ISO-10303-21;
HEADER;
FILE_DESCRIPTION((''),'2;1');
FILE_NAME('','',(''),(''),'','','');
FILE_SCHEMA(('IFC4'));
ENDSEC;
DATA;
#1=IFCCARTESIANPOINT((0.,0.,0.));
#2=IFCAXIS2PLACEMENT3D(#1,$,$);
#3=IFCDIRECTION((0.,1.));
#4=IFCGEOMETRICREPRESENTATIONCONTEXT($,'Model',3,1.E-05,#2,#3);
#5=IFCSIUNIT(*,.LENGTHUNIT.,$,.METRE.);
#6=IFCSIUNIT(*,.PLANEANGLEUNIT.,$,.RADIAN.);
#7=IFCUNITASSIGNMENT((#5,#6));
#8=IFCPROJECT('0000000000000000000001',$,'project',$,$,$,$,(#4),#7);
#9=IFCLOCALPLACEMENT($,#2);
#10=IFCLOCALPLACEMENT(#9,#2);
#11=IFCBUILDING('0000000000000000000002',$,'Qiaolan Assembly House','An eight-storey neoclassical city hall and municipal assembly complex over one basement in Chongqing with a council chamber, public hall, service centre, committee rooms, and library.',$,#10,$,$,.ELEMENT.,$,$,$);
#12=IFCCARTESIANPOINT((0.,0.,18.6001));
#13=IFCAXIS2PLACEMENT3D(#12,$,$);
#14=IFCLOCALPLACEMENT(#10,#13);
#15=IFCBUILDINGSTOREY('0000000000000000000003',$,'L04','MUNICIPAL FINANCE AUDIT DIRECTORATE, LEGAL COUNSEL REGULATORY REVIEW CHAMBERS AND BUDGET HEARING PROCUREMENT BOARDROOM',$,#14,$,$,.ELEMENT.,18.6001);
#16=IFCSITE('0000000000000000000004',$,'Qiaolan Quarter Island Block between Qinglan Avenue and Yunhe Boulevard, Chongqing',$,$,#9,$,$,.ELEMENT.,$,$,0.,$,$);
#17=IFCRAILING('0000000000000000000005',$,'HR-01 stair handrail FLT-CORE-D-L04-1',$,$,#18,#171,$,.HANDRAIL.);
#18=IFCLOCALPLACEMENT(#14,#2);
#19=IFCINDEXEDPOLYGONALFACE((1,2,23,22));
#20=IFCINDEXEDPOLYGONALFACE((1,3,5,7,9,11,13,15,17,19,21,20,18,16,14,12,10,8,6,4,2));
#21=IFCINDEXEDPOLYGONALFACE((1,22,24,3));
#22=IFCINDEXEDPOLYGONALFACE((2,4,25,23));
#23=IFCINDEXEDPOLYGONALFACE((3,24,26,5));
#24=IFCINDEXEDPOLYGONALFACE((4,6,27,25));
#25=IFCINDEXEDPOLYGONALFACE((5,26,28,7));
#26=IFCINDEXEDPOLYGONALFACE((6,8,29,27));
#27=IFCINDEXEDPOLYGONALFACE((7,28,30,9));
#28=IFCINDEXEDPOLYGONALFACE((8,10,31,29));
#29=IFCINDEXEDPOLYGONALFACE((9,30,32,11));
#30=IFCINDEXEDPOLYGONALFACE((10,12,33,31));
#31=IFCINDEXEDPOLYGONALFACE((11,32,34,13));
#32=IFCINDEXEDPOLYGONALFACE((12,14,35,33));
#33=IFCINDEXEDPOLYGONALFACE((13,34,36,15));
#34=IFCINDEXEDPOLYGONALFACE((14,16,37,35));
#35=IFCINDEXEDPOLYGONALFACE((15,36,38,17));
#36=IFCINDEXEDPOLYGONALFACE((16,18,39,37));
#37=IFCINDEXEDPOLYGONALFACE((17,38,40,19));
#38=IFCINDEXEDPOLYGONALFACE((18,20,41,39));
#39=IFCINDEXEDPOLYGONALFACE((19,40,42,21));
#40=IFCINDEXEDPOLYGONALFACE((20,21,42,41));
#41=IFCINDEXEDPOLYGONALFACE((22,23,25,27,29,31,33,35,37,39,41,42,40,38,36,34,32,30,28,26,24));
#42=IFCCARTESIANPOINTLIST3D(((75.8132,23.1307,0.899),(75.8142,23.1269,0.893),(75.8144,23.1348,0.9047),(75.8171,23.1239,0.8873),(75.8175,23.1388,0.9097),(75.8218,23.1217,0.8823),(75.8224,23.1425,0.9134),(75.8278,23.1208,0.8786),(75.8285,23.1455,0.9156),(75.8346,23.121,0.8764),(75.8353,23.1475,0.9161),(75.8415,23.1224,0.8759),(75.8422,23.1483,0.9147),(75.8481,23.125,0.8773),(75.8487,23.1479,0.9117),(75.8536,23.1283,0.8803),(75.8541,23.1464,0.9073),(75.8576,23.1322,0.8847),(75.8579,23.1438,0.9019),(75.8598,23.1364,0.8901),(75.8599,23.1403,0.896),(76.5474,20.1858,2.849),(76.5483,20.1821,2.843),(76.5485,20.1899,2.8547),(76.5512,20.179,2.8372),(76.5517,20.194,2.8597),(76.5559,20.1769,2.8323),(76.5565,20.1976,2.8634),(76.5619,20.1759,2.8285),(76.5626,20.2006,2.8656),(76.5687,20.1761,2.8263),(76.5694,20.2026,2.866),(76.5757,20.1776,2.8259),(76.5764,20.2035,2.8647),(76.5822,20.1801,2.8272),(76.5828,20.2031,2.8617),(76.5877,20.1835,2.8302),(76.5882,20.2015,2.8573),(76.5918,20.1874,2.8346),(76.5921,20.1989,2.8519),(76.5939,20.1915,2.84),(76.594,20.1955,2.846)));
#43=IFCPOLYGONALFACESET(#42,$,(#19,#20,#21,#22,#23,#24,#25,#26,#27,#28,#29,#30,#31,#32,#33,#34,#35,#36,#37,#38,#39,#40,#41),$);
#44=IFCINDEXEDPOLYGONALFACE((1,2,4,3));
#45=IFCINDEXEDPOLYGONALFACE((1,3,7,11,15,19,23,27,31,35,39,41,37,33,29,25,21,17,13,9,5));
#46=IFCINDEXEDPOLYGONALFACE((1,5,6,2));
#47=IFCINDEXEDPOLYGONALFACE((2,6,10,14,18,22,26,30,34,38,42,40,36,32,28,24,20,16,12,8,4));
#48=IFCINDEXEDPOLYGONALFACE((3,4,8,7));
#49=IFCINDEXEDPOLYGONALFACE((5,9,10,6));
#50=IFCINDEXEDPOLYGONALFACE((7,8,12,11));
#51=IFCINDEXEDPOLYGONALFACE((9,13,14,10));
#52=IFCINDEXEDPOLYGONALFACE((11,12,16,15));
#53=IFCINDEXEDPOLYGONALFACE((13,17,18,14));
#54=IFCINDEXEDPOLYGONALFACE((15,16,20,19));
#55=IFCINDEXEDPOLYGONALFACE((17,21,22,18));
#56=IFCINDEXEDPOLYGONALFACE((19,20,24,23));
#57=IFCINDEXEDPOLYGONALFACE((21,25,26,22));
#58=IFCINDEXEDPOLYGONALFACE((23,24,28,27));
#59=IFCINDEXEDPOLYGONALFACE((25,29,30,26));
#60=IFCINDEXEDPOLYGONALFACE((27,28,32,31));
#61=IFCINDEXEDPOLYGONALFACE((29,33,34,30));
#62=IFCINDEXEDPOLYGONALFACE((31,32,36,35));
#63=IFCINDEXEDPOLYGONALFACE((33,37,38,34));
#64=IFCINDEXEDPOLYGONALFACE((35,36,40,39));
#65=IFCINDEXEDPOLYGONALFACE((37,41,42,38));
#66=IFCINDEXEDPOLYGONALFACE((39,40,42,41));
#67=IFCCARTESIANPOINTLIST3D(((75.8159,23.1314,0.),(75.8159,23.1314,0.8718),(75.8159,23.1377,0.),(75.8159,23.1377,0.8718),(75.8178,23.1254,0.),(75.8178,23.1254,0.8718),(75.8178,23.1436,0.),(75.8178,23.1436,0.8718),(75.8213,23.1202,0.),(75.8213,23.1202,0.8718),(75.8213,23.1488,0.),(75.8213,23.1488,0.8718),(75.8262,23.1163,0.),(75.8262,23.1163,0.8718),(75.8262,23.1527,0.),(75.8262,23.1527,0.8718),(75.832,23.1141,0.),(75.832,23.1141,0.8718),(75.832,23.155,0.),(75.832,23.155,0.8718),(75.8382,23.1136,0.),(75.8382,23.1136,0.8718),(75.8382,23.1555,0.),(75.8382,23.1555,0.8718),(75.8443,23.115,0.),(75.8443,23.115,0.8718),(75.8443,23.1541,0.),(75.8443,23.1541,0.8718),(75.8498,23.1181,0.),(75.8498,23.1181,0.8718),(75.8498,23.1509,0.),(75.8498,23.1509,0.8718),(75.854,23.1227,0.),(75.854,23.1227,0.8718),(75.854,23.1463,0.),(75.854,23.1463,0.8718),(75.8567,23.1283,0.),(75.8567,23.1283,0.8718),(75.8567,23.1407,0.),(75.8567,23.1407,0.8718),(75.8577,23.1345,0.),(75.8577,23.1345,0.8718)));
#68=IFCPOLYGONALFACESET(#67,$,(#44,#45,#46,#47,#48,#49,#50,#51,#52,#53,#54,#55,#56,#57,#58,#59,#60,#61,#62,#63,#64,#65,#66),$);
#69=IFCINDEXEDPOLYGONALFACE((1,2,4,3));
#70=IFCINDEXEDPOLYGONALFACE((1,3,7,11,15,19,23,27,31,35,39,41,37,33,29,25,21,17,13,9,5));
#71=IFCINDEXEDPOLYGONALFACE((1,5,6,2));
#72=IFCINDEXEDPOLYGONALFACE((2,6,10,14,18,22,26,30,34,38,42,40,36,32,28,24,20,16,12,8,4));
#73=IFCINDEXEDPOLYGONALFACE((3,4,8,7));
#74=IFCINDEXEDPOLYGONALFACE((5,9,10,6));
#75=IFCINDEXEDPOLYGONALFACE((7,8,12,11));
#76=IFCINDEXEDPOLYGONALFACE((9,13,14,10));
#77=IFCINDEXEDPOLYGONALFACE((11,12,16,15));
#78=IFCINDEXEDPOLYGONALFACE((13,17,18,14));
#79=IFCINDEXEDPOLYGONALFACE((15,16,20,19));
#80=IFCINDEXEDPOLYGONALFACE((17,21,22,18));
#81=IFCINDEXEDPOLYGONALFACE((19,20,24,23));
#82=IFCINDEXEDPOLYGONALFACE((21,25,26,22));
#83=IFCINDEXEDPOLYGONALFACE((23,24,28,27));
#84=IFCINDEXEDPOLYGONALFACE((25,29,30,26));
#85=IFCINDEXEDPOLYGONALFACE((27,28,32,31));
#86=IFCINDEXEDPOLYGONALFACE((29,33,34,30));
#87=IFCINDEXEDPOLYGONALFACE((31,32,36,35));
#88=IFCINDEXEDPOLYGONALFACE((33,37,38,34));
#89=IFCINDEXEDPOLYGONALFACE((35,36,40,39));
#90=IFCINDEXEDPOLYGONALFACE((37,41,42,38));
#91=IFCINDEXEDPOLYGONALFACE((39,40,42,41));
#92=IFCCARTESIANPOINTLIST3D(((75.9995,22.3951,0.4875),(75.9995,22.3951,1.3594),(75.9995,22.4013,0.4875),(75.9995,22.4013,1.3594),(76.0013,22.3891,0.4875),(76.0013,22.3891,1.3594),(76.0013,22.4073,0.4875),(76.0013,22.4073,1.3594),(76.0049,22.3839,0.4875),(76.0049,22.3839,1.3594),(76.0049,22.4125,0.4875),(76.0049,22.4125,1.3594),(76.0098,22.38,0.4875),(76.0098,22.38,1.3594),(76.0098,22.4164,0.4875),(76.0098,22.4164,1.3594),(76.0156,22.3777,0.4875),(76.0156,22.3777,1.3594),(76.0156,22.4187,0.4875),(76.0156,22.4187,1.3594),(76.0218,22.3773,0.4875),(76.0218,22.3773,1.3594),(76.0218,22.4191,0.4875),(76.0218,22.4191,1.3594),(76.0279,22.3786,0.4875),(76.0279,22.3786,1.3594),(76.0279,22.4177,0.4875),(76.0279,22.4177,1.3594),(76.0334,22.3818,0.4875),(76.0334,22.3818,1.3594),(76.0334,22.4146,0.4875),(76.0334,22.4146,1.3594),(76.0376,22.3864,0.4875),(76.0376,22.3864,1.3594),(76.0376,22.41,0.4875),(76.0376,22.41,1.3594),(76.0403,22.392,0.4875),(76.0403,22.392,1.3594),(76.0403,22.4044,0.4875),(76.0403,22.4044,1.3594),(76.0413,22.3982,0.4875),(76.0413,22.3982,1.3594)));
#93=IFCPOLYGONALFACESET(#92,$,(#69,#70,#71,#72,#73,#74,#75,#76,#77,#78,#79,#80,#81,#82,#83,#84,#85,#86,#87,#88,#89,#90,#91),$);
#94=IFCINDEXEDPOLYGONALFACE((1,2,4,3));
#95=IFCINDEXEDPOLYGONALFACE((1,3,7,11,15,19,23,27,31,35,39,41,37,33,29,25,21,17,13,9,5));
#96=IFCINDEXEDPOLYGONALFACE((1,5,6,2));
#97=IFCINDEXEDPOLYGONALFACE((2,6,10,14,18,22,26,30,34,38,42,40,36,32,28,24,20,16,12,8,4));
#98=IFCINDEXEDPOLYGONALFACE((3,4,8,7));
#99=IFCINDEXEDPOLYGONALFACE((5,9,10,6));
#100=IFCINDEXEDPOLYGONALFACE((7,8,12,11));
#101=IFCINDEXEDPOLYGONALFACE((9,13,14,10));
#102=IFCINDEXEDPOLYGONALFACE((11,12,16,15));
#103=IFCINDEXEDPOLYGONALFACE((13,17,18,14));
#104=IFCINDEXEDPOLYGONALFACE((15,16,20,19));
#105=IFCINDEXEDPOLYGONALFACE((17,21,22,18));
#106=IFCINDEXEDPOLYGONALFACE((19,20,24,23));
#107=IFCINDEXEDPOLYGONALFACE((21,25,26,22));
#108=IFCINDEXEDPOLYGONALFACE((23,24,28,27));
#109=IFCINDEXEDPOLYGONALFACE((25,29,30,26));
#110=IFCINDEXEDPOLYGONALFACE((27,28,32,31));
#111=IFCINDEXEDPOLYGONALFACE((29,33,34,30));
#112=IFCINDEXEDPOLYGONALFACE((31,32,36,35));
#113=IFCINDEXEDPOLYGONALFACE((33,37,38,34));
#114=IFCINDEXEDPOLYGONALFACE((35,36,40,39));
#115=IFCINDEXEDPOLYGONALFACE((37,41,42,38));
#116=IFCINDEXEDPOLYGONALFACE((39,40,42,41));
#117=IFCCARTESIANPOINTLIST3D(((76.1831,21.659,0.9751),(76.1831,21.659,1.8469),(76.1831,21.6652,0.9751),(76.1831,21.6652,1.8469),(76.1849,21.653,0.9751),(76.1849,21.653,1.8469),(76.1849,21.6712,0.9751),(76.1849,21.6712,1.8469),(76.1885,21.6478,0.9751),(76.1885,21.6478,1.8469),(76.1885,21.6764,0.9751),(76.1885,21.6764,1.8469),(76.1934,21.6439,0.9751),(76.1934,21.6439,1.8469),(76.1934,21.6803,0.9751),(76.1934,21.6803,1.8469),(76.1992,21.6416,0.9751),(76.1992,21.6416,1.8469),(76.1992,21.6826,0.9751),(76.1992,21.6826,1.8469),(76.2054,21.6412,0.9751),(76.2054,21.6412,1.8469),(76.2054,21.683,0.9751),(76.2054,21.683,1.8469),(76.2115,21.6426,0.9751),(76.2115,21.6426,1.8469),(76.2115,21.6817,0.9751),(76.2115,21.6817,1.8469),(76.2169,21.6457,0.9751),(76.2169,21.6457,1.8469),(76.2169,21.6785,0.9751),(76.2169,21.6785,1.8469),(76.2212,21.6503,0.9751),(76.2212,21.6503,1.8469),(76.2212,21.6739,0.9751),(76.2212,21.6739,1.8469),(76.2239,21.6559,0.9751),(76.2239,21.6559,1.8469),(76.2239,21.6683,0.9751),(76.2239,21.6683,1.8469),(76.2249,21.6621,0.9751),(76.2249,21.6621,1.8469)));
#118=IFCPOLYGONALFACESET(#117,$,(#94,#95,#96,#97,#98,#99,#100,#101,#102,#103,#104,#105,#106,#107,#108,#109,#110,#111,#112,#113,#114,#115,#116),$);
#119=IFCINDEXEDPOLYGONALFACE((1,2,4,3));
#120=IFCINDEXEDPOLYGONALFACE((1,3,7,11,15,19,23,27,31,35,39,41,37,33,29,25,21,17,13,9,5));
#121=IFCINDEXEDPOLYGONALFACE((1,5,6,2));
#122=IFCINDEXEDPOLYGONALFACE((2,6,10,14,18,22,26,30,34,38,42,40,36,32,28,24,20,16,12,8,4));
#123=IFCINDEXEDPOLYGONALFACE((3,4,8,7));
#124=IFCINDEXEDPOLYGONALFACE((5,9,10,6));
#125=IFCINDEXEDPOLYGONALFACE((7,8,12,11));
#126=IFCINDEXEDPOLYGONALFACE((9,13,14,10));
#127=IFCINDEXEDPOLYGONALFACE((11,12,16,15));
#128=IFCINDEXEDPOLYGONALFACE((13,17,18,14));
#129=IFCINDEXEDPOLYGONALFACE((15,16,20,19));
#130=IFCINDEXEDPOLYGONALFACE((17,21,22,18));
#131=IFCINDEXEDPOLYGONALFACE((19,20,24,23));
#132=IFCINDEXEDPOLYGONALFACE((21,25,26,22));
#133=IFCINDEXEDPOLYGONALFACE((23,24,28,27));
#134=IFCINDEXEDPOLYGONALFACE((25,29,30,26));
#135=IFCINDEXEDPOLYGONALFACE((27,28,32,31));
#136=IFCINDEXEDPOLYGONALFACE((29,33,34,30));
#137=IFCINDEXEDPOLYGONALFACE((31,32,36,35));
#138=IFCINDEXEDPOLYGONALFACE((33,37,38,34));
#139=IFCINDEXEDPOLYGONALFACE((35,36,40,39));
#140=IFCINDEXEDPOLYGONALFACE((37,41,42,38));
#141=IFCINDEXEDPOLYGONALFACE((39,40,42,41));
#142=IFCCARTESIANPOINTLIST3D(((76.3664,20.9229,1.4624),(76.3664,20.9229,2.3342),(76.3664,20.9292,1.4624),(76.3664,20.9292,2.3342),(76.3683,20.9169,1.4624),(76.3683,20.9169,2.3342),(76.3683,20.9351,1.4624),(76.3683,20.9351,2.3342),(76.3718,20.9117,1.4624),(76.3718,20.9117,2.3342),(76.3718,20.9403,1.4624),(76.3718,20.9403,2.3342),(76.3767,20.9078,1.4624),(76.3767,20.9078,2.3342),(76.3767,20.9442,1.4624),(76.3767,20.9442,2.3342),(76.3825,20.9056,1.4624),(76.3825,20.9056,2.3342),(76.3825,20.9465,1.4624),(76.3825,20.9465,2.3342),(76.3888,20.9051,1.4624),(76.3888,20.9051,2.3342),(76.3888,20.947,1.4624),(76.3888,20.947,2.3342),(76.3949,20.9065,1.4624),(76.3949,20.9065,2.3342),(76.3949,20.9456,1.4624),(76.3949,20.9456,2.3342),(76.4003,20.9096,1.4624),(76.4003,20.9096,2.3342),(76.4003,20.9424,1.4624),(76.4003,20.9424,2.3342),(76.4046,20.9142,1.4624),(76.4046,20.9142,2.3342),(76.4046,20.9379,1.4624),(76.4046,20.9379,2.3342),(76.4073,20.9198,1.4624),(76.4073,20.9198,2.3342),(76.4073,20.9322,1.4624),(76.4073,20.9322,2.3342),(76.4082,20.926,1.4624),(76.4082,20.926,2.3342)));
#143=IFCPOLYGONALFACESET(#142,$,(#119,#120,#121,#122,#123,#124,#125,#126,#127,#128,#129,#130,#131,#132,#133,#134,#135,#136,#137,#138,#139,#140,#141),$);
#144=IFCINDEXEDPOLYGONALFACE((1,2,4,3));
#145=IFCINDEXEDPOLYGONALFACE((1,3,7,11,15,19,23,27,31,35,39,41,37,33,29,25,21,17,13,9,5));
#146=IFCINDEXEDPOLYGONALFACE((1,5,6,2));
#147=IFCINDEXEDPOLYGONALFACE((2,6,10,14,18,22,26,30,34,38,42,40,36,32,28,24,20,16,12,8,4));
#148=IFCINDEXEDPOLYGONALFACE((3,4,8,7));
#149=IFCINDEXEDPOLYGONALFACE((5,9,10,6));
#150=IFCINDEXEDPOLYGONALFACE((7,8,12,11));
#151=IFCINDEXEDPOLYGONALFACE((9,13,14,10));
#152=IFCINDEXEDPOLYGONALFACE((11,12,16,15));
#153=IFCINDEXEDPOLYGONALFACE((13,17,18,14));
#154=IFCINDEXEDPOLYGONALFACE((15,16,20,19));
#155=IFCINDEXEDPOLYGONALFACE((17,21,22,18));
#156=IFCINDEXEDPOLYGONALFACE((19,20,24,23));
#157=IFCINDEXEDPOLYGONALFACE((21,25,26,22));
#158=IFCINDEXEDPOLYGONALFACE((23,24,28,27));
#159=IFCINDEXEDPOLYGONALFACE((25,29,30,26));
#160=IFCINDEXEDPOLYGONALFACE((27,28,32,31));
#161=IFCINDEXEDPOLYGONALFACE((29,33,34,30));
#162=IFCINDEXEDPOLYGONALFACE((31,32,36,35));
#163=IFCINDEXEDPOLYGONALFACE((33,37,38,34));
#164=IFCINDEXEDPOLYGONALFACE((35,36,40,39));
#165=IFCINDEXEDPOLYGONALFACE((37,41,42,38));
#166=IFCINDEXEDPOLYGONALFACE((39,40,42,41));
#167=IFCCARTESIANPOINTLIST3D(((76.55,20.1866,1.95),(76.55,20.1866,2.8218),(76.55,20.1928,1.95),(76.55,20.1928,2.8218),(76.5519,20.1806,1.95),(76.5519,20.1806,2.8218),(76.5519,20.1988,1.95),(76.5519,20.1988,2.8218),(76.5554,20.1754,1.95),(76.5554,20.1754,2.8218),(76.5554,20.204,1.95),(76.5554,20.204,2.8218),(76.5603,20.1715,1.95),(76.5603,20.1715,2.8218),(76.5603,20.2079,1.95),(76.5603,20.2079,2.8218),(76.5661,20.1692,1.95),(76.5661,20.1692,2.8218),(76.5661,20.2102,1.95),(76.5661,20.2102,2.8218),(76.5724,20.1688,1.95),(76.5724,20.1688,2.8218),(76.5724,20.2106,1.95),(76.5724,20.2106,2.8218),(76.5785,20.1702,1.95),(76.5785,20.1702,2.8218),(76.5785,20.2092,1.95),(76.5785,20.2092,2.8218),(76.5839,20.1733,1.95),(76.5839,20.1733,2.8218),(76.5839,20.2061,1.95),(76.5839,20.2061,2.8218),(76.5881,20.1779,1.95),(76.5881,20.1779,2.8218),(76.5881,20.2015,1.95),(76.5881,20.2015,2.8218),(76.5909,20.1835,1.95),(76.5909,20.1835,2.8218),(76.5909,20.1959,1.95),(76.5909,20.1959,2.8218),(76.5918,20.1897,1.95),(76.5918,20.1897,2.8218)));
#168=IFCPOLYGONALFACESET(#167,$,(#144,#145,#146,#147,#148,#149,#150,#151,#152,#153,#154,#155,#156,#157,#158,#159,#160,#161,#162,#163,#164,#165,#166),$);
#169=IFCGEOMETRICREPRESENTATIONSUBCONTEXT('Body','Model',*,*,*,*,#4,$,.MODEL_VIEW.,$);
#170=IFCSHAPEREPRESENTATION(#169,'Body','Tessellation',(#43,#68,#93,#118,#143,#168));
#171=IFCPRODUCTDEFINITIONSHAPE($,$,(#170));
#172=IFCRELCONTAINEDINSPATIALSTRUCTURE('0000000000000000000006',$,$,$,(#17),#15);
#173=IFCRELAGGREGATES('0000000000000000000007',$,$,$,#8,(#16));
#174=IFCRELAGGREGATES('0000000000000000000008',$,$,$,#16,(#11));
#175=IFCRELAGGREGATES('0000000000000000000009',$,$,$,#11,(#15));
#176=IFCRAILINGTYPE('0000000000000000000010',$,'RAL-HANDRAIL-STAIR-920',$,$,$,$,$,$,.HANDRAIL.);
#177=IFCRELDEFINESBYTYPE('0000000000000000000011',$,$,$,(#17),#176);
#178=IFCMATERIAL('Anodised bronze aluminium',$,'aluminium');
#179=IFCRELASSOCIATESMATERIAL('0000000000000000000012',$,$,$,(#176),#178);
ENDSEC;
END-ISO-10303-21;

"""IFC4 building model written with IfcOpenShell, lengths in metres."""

from ifc_helpers import new_model, si_unit, direction, frame, origin, origin_2d, place, context, subcontext, project, spatial, circle, extrude, material, type_object, element, save


model = new_model("IFC4")

# Units and contexts
model_context = context("Model", 3, precision=1e-05, world=origin(), true_north=direction((0.0, 1.0)))
body_context = subcontext(model_context, "Body", "Model", "MODEL_VIEW")
ifc_project = project(units=[si_unit("LENGTHUNIT", "METRE"), si_unit("PLANEANGLEUNIT", "RADIAN")], contexts=[model_context])

# Site, building, storey
site_placement = place(None, origin())
site = spatial("IfcSite", under=ifc_project, at=site_placement, Name="Qiaolan Quarter Island Block between Qinglan Avenue and Yunhe Boulevard, Chongqing", CompositionType="ELEMENT", RefElevation=0.0)
building_placement = place(site_placement, origin())
building = spatial("IfcBuilding", under=site, at=building_placement, Name="Qiaolan Assembly House", Description="An eight-storey neoclassical city hall and municipal assembly complex over one basement in Chongqing with a council chamber, public hall, service centre, committee rooms, and library.", CompositionType="ELEMENT")
storey_placement = place(building_placement, frame((0.0, 0.0, 18.6001)))
storey = spatial("IfcBuildingStorey", under=building, at=storey_placement, Name="L04", Description="MUNICIPAL FINANCE AUDIT DIRECTORATE, LEGAL COUNSEL REGULATORY REVIEW CHAMBERS AND BUDGET HEARING PROCUREMENT BOARDROOM", CompositionType="ELEMENT", Elevation=18.6001)

# Railing
ifc_material_1 = material(Name="Anodised bronze aluminium", Category="aluminium")
railing_type_1 = type_object("IfcRailingType", Name="RAL-HANDRAIL-STAIR-920", PredefinedType="HANDRAIL", material=ifc_material_1)
railing_1_placement = place(storey_placement, frame((75.8367, 23.1345, 0.0)))
element("IfcRailing", 1, at=railing_1_placement, inside=storey, type_object=railing_type_1, Name="HR-01 stair handrail FLT-CORE-D-L04-1", PredefinedType="HANDRAIL", context=body_context, shape_type="SweptSolid", body=[
    extrude(circle(Radius=0.0239, at=origin_2d()), frame((0.0, 0.0, 0.896), z_axis=(0.203508, -0.816331, 0.540544), x_axis=(0.970303, 0.241892, 0.0)), (0.0, 0.0, 1.0), 3.6074),
    extrude(circle(Radius=0.021, at=origin_2d()), origin(), (0.0, 0.0, 1.0), 0.8718),
    extrude(circle(Radius=0.021, at=origin_2d()), frame((0.1836, -0.7363, 0.4875)), (0.0, 0.0, 1.0), 0.8718),
    extrude(circle(Radius=0.021, at=origin_2d()), frame((0.3672, -1.4724, 0.9751)), (0.0, 0.0, 1.0), 0.8718),
    extrude(circle(Radius=0.021, at=origin_2d()), frame((0.5505, -2.2085, 1.4624)), (0.0, 0.0, 1.0), 0.8718),
    extrude(circle(Radius=0.021, at=origin_2d()), frame((0.7341, -2.9448, 1.95)), (0.0, 0.0, 1.0), 0.8718),
])

save(model, "model.ifc")
